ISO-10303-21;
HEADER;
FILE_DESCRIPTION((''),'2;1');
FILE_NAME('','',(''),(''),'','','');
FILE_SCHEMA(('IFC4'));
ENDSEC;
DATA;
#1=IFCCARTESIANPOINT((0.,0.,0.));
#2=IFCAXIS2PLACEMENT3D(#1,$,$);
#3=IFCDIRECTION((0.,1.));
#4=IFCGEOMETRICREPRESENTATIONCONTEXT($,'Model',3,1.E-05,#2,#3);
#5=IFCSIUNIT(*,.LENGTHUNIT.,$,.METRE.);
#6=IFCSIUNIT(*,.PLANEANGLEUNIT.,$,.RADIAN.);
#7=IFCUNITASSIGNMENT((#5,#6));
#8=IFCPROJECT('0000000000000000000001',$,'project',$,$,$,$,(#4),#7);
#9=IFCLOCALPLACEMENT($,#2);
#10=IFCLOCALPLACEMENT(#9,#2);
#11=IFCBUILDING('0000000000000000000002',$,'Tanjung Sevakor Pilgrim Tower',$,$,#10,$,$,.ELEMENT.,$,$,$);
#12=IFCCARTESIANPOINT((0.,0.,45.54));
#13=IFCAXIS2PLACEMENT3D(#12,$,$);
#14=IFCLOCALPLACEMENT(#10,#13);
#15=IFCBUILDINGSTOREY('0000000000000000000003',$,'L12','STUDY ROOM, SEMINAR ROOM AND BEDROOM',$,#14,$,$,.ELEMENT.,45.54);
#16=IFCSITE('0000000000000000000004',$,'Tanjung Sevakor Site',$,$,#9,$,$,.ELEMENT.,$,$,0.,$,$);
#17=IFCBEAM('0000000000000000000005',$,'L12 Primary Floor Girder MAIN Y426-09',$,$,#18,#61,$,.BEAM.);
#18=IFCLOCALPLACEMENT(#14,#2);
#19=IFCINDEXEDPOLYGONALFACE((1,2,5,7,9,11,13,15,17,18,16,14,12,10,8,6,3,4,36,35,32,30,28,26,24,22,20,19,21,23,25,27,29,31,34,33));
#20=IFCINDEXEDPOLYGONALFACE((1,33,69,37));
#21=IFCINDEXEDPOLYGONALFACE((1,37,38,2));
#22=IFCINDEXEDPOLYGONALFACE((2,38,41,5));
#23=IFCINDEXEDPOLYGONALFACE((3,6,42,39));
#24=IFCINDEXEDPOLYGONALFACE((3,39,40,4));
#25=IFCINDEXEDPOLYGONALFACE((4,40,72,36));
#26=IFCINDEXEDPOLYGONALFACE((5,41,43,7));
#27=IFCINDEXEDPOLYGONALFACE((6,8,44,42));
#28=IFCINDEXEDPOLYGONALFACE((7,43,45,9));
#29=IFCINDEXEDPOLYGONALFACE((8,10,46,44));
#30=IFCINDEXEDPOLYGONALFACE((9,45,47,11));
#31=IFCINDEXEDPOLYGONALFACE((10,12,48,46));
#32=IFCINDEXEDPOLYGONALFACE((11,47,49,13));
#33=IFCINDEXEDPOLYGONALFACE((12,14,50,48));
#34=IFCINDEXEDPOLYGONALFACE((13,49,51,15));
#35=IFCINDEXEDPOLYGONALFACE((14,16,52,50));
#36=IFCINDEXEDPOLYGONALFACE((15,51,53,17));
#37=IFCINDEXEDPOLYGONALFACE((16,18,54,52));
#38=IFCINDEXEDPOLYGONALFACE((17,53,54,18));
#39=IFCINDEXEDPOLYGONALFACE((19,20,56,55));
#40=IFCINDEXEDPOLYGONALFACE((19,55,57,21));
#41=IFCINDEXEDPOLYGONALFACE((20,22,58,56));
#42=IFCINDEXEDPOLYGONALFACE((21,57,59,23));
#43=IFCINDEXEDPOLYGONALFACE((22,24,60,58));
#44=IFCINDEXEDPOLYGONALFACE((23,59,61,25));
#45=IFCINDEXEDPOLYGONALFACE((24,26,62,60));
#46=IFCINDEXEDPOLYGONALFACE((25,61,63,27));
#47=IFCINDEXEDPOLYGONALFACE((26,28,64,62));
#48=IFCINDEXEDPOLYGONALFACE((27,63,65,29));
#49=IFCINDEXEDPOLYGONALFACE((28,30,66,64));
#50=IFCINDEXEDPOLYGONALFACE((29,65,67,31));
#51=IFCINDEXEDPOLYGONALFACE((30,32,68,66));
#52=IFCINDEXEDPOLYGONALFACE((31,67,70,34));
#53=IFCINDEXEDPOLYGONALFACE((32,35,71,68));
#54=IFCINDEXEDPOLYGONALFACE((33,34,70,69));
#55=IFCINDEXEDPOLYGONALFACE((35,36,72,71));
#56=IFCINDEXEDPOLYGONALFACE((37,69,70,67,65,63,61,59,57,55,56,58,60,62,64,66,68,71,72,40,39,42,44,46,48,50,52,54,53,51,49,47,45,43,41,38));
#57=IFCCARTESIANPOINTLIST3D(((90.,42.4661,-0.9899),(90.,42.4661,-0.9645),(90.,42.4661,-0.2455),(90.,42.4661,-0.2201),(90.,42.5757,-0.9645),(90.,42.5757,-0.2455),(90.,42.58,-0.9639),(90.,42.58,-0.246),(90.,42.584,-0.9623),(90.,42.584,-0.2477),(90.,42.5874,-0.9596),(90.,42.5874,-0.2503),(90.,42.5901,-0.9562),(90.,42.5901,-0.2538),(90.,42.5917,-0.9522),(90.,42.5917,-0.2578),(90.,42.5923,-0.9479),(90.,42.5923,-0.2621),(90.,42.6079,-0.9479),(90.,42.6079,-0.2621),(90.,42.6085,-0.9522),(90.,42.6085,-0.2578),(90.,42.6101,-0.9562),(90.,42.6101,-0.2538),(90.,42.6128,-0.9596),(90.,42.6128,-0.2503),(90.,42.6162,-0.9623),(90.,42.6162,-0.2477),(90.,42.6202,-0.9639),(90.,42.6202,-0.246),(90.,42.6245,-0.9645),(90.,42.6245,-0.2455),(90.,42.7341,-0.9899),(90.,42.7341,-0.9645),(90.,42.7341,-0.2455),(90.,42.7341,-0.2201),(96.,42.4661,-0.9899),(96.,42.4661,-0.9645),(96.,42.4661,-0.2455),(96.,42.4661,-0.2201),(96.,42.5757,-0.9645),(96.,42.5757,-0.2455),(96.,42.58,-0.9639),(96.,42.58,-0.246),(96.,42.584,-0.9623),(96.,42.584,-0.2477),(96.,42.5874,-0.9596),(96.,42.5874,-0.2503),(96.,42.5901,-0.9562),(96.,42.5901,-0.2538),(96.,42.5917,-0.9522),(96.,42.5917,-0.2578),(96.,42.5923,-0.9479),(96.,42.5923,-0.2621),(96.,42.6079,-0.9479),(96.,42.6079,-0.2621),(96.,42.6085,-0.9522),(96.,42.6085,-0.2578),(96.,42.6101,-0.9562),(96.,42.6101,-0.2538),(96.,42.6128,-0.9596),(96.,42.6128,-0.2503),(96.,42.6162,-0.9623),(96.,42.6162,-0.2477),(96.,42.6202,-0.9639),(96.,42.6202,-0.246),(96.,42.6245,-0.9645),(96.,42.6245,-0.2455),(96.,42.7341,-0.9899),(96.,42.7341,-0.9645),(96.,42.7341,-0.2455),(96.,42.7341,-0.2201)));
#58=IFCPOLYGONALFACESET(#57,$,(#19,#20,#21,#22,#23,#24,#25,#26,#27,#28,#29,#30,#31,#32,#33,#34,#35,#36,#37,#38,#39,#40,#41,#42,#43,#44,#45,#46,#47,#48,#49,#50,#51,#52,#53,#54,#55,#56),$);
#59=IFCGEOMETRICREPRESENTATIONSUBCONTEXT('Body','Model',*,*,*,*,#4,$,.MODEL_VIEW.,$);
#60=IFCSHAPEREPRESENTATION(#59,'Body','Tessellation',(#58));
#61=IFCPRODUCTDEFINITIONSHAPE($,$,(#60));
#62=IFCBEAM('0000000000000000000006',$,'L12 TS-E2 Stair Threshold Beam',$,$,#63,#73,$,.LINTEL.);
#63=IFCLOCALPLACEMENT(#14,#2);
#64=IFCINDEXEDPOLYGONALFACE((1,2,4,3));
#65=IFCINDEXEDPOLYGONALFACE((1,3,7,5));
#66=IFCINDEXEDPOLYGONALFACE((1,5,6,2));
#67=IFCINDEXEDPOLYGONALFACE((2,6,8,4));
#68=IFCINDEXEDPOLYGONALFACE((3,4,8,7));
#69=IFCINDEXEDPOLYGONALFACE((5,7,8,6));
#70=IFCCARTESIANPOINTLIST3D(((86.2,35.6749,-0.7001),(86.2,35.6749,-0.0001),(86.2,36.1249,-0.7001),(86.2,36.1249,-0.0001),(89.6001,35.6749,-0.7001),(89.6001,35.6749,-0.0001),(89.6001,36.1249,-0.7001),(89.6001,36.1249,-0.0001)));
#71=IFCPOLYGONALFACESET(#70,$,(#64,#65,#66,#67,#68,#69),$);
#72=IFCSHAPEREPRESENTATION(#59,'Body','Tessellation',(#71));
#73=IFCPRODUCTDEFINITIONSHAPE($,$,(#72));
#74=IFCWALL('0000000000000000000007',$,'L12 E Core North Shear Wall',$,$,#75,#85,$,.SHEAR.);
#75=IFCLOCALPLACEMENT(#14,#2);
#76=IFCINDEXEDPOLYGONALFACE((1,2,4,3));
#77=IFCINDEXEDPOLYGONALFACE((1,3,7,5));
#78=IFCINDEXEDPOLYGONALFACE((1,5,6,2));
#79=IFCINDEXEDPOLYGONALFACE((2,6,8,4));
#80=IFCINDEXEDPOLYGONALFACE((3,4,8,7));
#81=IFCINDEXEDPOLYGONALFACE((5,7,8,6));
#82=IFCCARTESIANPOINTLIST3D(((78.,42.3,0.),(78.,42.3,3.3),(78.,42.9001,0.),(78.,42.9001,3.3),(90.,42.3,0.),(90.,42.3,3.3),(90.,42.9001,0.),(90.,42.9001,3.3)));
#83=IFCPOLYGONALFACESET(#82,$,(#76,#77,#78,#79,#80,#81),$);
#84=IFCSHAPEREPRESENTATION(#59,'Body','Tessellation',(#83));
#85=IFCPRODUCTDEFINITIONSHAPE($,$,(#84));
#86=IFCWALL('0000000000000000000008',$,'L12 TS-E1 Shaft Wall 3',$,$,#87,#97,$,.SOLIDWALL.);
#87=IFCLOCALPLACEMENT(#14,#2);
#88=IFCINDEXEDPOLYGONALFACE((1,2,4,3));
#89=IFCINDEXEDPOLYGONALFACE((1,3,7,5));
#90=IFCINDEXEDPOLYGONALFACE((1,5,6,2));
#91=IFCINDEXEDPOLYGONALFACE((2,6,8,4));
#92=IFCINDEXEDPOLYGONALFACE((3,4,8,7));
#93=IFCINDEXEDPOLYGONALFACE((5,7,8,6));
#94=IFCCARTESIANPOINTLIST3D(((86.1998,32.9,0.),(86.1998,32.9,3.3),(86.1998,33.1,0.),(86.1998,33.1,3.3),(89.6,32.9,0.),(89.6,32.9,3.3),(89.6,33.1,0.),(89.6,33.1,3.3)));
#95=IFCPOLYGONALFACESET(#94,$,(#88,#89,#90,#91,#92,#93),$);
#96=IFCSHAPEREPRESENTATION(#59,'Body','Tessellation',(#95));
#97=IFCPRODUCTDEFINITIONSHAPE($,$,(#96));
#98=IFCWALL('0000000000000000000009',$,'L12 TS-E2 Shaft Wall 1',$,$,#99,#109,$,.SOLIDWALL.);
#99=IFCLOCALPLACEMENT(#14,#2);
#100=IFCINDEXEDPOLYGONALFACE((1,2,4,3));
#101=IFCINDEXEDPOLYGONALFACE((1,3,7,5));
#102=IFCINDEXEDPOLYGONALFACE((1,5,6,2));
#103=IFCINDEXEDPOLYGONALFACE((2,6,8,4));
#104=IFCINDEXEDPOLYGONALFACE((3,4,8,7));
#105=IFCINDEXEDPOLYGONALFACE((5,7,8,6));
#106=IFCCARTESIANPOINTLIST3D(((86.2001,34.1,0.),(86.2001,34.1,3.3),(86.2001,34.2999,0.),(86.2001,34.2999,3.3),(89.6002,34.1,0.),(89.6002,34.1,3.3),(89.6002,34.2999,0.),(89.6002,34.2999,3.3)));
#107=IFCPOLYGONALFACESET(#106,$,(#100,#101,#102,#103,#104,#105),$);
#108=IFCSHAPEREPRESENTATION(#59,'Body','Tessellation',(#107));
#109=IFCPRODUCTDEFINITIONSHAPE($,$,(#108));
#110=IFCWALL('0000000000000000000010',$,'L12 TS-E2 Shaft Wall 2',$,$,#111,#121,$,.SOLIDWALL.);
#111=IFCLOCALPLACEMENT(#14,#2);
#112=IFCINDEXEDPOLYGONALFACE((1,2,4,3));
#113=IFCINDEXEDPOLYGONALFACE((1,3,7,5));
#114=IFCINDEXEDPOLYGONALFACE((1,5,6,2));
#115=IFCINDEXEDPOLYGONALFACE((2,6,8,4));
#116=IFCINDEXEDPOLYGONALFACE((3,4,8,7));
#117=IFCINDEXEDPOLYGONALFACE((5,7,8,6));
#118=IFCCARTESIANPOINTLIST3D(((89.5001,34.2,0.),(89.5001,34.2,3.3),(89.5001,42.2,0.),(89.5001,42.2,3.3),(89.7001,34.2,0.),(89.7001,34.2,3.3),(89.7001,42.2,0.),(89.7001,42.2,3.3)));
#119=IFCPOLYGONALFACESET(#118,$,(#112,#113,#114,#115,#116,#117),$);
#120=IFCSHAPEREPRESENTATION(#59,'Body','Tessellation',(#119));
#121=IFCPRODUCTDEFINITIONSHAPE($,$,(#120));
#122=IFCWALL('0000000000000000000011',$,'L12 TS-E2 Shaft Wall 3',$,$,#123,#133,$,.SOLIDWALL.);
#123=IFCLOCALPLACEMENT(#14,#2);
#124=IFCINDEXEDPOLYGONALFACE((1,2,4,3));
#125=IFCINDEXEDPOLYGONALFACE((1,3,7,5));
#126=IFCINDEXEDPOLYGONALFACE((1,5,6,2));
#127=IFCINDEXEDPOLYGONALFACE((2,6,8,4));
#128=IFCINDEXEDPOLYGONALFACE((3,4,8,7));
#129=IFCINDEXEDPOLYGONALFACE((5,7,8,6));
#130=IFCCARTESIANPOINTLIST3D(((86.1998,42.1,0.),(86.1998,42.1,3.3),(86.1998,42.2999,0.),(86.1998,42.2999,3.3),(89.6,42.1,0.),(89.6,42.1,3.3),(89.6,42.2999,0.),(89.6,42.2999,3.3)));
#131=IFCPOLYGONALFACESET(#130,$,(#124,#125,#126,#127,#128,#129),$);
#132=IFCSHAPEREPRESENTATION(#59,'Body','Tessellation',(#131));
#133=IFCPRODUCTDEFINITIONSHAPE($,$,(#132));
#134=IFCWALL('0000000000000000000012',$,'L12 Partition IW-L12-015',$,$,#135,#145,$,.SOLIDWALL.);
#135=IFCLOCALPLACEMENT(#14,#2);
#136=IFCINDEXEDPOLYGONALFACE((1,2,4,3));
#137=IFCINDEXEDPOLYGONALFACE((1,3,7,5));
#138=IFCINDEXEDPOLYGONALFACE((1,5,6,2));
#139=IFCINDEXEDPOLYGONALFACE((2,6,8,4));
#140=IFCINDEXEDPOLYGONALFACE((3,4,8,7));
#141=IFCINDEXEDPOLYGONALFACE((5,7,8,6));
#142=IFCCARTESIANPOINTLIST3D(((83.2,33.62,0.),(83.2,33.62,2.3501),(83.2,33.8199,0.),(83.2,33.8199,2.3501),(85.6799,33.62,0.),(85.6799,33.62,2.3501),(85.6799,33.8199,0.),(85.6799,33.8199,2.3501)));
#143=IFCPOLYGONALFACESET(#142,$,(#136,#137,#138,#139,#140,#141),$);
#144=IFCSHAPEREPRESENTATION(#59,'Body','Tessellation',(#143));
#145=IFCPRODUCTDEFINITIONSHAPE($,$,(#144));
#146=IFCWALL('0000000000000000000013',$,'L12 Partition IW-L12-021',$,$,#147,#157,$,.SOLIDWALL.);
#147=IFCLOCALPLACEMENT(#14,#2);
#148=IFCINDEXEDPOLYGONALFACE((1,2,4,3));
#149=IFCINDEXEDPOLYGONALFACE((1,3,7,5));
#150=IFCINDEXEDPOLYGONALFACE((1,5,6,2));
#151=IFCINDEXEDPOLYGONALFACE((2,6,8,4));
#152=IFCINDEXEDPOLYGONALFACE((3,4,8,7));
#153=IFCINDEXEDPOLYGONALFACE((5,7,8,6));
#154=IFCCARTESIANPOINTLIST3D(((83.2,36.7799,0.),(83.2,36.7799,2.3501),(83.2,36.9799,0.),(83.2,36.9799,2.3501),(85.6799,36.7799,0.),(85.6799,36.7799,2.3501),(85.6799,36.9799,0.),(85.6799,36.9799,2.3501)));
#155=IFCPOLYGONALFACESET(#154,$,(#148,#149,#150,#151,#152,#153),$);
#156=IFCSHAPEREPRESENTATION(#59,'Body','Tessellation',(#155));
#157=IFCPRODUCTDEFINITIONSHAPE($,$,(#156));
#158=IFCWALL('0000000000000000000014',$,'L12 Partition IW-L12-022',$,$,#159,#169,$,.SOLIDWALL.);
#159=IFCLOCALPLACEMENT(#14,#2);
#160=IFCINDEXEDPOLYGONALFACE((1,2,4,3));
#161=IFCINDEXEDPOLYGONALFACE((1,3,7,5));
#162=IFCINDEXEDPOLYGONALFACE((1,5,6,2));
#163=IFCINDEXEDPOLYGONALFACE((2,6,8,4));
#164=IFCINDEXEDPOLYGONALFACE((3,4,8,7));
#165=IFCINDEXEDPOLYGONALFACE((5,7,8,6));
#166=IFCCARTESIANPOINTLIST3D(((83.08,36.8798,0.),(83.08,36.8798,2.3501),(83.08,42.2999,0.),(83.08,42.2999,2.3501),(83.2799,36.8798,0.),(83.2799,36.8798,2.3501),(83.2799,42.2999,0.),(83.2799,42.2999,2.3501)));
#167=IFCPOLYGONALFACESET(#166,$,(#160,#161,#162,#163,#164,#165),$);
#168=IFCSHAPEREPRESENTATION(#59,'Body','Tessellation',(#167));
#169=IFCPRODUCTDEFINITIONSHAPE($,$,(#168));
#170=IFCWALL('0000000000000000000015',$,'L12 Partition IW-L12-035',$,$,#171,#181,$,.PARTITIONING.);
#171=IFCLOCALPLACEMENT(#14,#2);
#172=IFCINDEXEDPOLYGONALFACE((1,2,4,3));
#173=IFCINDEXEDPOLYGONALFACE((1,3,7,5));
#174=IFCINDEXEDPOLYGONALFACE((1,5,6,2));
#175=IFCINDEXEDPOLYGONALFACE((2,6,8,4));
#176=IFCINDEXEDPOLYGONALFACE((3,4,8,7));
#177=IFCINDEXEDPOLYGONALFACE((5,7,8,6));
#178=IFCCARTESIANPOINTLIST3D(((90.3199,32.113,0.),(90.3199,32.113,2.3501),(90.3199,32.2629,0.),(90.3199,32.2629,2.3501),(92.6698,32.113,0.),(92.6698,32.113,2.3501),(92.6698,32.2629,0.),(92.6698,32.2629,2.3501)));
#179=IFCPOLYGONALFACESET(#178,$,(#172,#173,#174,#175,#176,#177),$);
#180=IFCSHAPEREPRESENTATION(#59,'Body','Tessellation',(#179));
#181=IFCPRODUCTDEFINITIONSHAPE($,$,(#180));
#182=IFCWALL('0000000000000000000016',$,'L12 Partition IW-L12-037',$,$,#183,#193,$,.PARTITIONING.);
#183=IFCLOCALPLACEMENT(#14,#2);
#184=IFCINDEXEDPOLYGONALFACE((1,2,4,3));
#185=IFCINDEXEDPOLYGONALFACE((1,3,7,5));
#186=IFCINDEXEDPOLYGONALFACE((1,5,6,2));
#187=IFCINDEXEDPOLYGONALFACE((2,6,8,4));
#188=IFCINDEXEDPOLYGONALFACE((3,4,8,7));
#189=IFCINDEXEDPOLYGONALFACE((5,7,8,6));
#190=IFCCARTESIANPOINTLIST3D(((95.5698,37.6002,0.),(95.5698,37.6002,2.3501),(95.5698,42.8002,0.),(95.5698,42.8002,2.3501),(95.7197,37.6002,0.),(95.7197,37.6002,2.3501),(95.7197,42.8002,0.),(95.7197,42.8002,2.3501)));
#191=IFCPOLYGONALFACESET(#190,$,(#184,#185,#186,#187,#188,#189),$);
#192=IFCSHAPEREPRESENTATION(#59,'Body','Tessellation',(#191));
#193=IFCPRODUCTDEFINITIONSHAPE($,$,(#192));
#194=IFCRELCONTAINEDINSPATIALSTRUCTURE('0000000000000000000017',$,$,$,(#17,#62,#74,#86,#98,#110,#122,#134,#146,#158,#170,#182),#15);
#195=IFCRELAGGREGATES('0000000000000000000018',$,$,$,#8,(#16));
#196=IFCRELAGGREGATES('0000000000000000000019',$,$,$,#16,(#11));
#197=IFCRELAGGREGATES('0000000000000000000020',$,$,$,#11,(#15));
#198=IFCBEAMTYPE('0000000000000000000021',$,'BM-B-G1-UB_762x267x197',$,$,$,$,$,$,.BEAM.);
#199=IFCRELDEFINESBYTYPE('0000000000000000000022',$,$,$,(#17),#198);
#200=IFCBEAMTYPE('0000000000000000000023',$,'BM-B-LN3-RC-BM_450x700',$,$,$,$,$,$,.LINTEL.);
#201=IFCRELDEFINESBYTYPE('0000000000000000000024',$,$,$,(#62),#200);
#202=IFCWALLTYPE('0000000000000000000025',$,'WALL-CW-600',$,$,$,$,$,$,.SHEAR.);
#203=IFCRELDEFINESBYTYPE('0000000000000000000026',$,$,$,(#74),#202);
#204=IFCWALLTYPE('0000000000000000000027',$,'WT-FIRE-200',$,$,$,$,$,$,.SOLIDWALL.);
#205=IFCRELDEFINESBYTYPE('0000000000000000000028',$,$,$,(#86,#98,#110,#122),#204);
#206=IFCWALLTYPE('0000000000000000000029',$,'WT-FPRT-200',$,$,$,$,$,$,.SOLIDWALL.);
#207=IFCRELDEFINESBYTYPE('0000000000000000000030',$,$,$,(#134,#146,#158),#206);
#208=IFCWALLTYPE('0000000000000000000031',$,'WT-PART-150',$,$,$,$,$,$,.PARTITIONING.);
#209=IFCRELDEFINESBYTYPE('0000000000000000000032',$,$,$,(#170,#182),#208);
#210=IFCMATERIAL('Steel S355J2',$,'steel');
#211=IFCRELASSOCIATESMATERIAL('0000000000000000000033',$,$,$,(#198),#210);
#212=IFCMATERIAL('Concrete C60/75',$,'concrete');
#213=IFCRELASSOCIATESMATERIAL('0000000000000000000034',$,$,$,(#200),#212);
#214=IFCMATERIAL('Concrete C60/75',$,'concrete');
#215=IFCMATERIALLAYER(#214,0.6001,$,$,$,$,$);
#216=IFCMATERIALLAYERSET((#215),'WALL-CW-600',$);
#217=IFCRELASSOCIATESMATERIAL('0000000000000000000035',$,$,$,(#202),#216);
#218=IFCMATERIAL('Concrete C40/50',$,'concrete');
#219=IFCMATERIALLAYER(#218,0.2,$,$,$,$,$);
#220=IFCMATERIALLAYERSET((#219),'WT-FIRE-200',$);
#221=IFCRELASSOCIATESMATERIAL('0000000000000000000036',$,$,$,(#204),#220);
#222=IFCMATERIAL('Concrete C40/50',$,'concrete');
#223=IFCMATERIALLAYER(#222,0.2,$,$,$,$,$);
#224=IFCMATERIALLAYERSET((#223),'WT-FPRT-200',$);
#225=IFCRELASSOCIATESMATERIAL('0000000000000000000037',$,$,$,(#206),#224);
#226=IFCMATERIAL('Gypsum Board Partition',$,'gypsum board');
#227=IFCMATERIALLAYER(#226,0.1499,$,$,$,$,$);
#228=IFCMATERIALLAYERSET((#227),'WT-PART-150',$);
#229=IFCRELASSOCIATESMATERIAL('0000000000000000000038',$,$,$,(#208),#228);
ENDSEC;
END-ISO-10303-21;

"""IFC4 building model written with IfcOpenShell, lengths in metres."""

from ifc_helpers import new_model, si_unit, direction, frame, frame_2d, origin, origin_2d, place, context, subcontext, project, spatial, rectangle, i_section, extrude, material, layer, layer_set, material_profile, profile_set, type_object, element, save


model = new_model("IFC4")

# Units and contexts
model_context = context("Model", 3, precision=1e-05, world=origin(), true_north=direction((0.0, 1.0)))
body_context = subcontext(model_context, "Body", "Model", "MODEL_VIEW")
ifc_project = project(units=[si_unit("LENGTHUNIT", "METRE"), si_unit("PLANEANGLEUNIT", "RADIAN")], contexts=[model_context])

# Site, building, storey
site_placement = place(None, origin())
site = spatial("IfcSite", under=ifc_project, at=site_placement, Name="Tanjung Sevakor Site", CompositionType="ELEMENT", RefElevation=0.0)
building_placement = place(site_placement, origin())
building = spatial("IfcBuilding", under=site, at=building_placement, Name="Tanjung Sevakor Pilgrim Tower", CompositionType="ELEMENT")
storey_placement = place(building_placement, frame((0.0, 0.0, 45.54)))
storey = spatial("IfcBuildingStorey", under=building, at=storey_placement, Name="L12", Description="STUDY ROOM, SEMINAR ROOM AND BEDROOM", CompositionType="ELEMENT", Elevation=45.54)

# Beams
ifc_material_1 = material(Name="Steel S355J2", Category="steel")
ifc_material_profile_1 = material_profile(ifc_material_1, i_section(OverallWidth=0.2681, OverallDepth=0.7698, WebThickness=0.0156, FlangeThickness=0.0254, FilletRadius=0.0166, at=origin_2d()))
ifc_profile_set_1 = profile_set([ifc_material_profile_1], Name="Steel S355J2")
beam_type_1 = type_object("IfcBeamType", Name="BM-B-G1-UB_762x267x197", PredefinedType="BEAM", material=ifc_profile_set_1)
beam_1_placement = place(storey_placement, frame((90.0, 42.6001, -0.605), z_axis=(1.0, 0.0, 0.0), x_axis=(0.0, 1.0, 0.0)))
element("IfcBeam", 1, at=beam_1_placement, inside=storey, type_object=beam_type_1, Name="L12 Primary Floor Girder MAIN Y426-09", PredefinedType="BEAM", context=body_context, shape_type="SweptSolid", body=[
    extrude(i_section(OverallWidth=0.2681, OverallDepth=0.7698, WebThickness=0.0156, FlangeThickness=0.0254, FilletRadius=0.0166, at=origin_2d()), origin(), (0.0, 0.0, 1.0), 6.0),
])
ifc_material_2 = material(Name="Concrete C60/75", Category="concrete")
ifc_material_profile_2 = material_profile(ifc_material_2, rectangle(XDim=0.45, YDim=0.7, at=origin_2d()))
ifc_profile_set_2 = profile_set([ifc_material_profile_2], Name="Concrete C60/75")
beam_type_2 = type_object("IfcBeamType", Name="BM-B-LN3-RC-BM_450x700", PredefinedType="LINTEL", material=ifc_profile_set_2)
beam_2_placement = place(storey_placement, frame((86.2, 35.8999, -0.3501), z_axis=(1.0, 0.0, 0.0), x_axis=(0.0, 1.0, 0.0)))
element("IfcBeam", 2, at=beam_2_placement, inside=storey, type_object=beam_type_2, Name="L12 TS-E2 Stair Threshold Beam", PredefinedType="LINTEL", context=body_context, shape_type="SweptSolid", body=[
    extrude(rectangle(XDim=0.45, YDim=0.7, at=origin_2d()), origin(), (0.0, 0.0, 1.0), 3.4001),
])

# Walls
ifc_material_3 = material(Name="Concrete C60/75", Category="concrete")
ifc_layer_1 = layer(ifc_material_3, 0.6001)
ifc_layer_set_1 = layer_set([ifc_layer_1], Name="WALL-CW-600")
wall_type_1 = type_object("IfcWallType", Name="WALL-CW-600", PredefinedType="SHEAR", material=ifc_layer_set_1)
wall_1_placement = place(storey_placement, frame((90.0, 42.6001, 0.0), z_axis=(0.0, 0.0, 1.0), x_axis=(-1.0, 0.0, 0.0)))
element("IfcWall", 3, at=wall_1_placement, inside=storey, type_object=wall_type_1, Name="L12 E Core North Shear Wall", PredefinedType="SHEAR", context=body_context, shape_type="SweptSolid", body=[
    extrude(rectangle(XDim=12.0, YDim=0.6001, at=frame_2d((6.0, 0.0))), origin(), (0.0, 0.0, 1.0), 3.3),
])
ifc_material_4 = material(Name="Concrete C40/50", Category="concrete")
ifc_layer_2 = layer(ifc_material_4, 0.2)
ifc_layer_set_2 = layer_set([ifc_layer_2], Name="WT-FIRE-200")
wall_type_2 = type_object("IfcWallType", Name="WT-FIRE-200", PredefinedType="SOLIDWALL", material=ifc_layer_set_2)
for number, where, z_axis, x_axis, name in (
    (4, (89.6001, 33.0, 0.0), (0.0, 0.0, 1.0), (-1.0, 0.0, 0.0), "L12 TS-E1 Shaft Wall 3"),
    (5, (86.2, 34.2, 0.0), (0.0, 0.0, 1.0), (1.0, 0.0, 0.0), "L12 TS-E2 Shaft Wall 1"),
):
    element("IfcWall", number, at=place(storey_placement, frame(where, z_axis=z_axis, x_axis=x_axis)), inside=storey, type_object=wall_type_2, Name=name, PredefinedType="SOLIDWALL", context=body_context, shape_type="SweptSolid", body=[
        extrude(rectangle(XDim=3.4001, YDim=0.2, at=frame_2d((1.7002, 0.0))), origin(), (0.0, 0.0, 1.0), 3.3),
    ])
wall_2_placement = place(storey_placement, frame((89.6001, 34.2, 0.0), z_axis=(0.0, 0.0, 1.0), x_axis=(0.0, 1.0, 0.0)))
element("IfcWall", 6, at=wall_2_placement, inside=storey, type_object=wall_type_2, Name="L12 TS-E2 Shaft Wall 2", PredefinedType="SOLIDWALL", context=body_context, shape_type="SweptSolid", body=[
    extrude(rectangle(XDim=8.0, YDim=0.2, at=frame_2d((4.0, 0.0))), origin(), (0.0, 0.0, 1.0), 3.3),
])
wall_3_placement = place(storey_placement, frame((89.6001, 42.2, 0.0), z_axis=(0.0, 0.0, 1.0), x_axis=(-1.0, 0.0, 0.0)))
element("IfcWall", 7, at=wall_3_placement, inside=storey, type_object=wall_type_2, Name="L12 TS-E2 Shaft Wall 3", PredefinedType="SOLIDWALL", context=body_context, shape_type="SweptSolid", body=[
    extrude(rectangle(XDim=3.4001, YDim=0.2, at=frame_2d((1.7002, 0.0))), origin(), (0.0, 0.0, 1.0), 3.3),
])
ifc_material_5 = material(Name="Concrete C40/50", Category="concrete")
ifc_layer_3 = layer(ifc_material_5, 0.2)
ifc_layer_set_3 = layer_set([ifc_layer_3], Name="WT-FPRT-200")
wall_type_3 = type_object("IfcWallType", Name="WT-FPRT-200", PredefinedType="SOLIDWALL", material=ifc_layer_set_3)
for number, where, z_axis, x_axis, name in (
    (8, (83.2, 33.72, 0.0), (0.0, 0.0, 1.0), (1.0, 0.0, 0.0), "L12 Partition IW-L12-015"),
    (9, (83.2, 36.8799, 0.0), (0.0, 0.0, 1.0), (1.0, 0.0, 0.0), "L12 Partition IW-L12-021"),
):
    element("IfcWall", number, at=place(storey_placement, frame(where, z_axis=z_axis, x_axis=x_axis)), inside=storey, type_object=wall_type_3, Name=name, PredefinedType="SOLIDWALL", context=body_context, shape_type="SweptSolid", body=[
        extrude(rectangle(XDim=2.48, YDim=0.2, at=frame_2d((1.24, 0.0))), origin(), (0.0, 0.0, 1.0), 2.3501),
    ])
wall_4_placement = place(storey_placement, frame((83.1799, 36.8799, 0.0), z_axis=(0.0, 0.0, 1.0), x_axis=(0.0, 1.0, 0.0)))
element("IfcWall", 10, at=wall_4_placement, inside=storey, type_object=wall_type_3, Name="L12 Partition IW-L12-022", PredefinedType="SOLIDWALL", context=body_context, shape_type="SweptSolid", body=[
    extrude(rectangle(XDim=5.4202, YDim=0.2, at=frame_2d((2.71, 0.0))), origin(), (0.0, 0.0, 1.0), 2.3501),
])
ifc_material_6 = material(Name="Gypsum Board Partition", Category="gypsum board")
ifc_layer_4 = layer(ifc_material_6, 0.1499)
ifc_layer_set_4 = layer_set([ifc_layer_4], Name="WT-PART-150")
wall_type_4 = type_object("IfcWallType", Name="WT-PART-150", PredefinedType="PARTITIONING", material=ifc_layer_set_4)
wall_5_placement = place(storey_placement, frame((90.3201, 32.188, 0.0), z_axis=(0.0, 0.0, 1.0), x_axis=(1.0, 0.0, 0.0)))
element("IfcWall", 11, at=wall_5_placement, inside=storey, type_object=wall_type_4, Name="L12 Partition IW-L12-035", PredefinedType="PARTITIONING", context=body_context, shape_type="SweptSolid", body=[
    extrude(rectangle(XDim=2.3499, YDim=0.1499, at=frame_2d((1.1748, 0.0))), origin(), (0.0, 0.0, 1.0), 2.3501),
])
wall_6_placement = place(storey_placement, frame((95.6448, 37.6001, 0.0), z_axis=(0.0, 0.0, 1.0), x_axis=(0.0, 1.0, 0.0)))
element("IfcWall", 12, at=wall_6_placement, inside=storey, type_object=wall_type_4, Name="L12 Partition IW-L12-037", PredefinedType="PARTITIONING", context=body_context, shape_type="SweptSolid", body=[
    extrude(rectangle(XDim=5.2, YDim=0.1499, at=frame_2d((2.6001, 0.0))), origin(), (0.0, 0.0, 1.0), 2.3501),
])

save(model, "model.ifc")
